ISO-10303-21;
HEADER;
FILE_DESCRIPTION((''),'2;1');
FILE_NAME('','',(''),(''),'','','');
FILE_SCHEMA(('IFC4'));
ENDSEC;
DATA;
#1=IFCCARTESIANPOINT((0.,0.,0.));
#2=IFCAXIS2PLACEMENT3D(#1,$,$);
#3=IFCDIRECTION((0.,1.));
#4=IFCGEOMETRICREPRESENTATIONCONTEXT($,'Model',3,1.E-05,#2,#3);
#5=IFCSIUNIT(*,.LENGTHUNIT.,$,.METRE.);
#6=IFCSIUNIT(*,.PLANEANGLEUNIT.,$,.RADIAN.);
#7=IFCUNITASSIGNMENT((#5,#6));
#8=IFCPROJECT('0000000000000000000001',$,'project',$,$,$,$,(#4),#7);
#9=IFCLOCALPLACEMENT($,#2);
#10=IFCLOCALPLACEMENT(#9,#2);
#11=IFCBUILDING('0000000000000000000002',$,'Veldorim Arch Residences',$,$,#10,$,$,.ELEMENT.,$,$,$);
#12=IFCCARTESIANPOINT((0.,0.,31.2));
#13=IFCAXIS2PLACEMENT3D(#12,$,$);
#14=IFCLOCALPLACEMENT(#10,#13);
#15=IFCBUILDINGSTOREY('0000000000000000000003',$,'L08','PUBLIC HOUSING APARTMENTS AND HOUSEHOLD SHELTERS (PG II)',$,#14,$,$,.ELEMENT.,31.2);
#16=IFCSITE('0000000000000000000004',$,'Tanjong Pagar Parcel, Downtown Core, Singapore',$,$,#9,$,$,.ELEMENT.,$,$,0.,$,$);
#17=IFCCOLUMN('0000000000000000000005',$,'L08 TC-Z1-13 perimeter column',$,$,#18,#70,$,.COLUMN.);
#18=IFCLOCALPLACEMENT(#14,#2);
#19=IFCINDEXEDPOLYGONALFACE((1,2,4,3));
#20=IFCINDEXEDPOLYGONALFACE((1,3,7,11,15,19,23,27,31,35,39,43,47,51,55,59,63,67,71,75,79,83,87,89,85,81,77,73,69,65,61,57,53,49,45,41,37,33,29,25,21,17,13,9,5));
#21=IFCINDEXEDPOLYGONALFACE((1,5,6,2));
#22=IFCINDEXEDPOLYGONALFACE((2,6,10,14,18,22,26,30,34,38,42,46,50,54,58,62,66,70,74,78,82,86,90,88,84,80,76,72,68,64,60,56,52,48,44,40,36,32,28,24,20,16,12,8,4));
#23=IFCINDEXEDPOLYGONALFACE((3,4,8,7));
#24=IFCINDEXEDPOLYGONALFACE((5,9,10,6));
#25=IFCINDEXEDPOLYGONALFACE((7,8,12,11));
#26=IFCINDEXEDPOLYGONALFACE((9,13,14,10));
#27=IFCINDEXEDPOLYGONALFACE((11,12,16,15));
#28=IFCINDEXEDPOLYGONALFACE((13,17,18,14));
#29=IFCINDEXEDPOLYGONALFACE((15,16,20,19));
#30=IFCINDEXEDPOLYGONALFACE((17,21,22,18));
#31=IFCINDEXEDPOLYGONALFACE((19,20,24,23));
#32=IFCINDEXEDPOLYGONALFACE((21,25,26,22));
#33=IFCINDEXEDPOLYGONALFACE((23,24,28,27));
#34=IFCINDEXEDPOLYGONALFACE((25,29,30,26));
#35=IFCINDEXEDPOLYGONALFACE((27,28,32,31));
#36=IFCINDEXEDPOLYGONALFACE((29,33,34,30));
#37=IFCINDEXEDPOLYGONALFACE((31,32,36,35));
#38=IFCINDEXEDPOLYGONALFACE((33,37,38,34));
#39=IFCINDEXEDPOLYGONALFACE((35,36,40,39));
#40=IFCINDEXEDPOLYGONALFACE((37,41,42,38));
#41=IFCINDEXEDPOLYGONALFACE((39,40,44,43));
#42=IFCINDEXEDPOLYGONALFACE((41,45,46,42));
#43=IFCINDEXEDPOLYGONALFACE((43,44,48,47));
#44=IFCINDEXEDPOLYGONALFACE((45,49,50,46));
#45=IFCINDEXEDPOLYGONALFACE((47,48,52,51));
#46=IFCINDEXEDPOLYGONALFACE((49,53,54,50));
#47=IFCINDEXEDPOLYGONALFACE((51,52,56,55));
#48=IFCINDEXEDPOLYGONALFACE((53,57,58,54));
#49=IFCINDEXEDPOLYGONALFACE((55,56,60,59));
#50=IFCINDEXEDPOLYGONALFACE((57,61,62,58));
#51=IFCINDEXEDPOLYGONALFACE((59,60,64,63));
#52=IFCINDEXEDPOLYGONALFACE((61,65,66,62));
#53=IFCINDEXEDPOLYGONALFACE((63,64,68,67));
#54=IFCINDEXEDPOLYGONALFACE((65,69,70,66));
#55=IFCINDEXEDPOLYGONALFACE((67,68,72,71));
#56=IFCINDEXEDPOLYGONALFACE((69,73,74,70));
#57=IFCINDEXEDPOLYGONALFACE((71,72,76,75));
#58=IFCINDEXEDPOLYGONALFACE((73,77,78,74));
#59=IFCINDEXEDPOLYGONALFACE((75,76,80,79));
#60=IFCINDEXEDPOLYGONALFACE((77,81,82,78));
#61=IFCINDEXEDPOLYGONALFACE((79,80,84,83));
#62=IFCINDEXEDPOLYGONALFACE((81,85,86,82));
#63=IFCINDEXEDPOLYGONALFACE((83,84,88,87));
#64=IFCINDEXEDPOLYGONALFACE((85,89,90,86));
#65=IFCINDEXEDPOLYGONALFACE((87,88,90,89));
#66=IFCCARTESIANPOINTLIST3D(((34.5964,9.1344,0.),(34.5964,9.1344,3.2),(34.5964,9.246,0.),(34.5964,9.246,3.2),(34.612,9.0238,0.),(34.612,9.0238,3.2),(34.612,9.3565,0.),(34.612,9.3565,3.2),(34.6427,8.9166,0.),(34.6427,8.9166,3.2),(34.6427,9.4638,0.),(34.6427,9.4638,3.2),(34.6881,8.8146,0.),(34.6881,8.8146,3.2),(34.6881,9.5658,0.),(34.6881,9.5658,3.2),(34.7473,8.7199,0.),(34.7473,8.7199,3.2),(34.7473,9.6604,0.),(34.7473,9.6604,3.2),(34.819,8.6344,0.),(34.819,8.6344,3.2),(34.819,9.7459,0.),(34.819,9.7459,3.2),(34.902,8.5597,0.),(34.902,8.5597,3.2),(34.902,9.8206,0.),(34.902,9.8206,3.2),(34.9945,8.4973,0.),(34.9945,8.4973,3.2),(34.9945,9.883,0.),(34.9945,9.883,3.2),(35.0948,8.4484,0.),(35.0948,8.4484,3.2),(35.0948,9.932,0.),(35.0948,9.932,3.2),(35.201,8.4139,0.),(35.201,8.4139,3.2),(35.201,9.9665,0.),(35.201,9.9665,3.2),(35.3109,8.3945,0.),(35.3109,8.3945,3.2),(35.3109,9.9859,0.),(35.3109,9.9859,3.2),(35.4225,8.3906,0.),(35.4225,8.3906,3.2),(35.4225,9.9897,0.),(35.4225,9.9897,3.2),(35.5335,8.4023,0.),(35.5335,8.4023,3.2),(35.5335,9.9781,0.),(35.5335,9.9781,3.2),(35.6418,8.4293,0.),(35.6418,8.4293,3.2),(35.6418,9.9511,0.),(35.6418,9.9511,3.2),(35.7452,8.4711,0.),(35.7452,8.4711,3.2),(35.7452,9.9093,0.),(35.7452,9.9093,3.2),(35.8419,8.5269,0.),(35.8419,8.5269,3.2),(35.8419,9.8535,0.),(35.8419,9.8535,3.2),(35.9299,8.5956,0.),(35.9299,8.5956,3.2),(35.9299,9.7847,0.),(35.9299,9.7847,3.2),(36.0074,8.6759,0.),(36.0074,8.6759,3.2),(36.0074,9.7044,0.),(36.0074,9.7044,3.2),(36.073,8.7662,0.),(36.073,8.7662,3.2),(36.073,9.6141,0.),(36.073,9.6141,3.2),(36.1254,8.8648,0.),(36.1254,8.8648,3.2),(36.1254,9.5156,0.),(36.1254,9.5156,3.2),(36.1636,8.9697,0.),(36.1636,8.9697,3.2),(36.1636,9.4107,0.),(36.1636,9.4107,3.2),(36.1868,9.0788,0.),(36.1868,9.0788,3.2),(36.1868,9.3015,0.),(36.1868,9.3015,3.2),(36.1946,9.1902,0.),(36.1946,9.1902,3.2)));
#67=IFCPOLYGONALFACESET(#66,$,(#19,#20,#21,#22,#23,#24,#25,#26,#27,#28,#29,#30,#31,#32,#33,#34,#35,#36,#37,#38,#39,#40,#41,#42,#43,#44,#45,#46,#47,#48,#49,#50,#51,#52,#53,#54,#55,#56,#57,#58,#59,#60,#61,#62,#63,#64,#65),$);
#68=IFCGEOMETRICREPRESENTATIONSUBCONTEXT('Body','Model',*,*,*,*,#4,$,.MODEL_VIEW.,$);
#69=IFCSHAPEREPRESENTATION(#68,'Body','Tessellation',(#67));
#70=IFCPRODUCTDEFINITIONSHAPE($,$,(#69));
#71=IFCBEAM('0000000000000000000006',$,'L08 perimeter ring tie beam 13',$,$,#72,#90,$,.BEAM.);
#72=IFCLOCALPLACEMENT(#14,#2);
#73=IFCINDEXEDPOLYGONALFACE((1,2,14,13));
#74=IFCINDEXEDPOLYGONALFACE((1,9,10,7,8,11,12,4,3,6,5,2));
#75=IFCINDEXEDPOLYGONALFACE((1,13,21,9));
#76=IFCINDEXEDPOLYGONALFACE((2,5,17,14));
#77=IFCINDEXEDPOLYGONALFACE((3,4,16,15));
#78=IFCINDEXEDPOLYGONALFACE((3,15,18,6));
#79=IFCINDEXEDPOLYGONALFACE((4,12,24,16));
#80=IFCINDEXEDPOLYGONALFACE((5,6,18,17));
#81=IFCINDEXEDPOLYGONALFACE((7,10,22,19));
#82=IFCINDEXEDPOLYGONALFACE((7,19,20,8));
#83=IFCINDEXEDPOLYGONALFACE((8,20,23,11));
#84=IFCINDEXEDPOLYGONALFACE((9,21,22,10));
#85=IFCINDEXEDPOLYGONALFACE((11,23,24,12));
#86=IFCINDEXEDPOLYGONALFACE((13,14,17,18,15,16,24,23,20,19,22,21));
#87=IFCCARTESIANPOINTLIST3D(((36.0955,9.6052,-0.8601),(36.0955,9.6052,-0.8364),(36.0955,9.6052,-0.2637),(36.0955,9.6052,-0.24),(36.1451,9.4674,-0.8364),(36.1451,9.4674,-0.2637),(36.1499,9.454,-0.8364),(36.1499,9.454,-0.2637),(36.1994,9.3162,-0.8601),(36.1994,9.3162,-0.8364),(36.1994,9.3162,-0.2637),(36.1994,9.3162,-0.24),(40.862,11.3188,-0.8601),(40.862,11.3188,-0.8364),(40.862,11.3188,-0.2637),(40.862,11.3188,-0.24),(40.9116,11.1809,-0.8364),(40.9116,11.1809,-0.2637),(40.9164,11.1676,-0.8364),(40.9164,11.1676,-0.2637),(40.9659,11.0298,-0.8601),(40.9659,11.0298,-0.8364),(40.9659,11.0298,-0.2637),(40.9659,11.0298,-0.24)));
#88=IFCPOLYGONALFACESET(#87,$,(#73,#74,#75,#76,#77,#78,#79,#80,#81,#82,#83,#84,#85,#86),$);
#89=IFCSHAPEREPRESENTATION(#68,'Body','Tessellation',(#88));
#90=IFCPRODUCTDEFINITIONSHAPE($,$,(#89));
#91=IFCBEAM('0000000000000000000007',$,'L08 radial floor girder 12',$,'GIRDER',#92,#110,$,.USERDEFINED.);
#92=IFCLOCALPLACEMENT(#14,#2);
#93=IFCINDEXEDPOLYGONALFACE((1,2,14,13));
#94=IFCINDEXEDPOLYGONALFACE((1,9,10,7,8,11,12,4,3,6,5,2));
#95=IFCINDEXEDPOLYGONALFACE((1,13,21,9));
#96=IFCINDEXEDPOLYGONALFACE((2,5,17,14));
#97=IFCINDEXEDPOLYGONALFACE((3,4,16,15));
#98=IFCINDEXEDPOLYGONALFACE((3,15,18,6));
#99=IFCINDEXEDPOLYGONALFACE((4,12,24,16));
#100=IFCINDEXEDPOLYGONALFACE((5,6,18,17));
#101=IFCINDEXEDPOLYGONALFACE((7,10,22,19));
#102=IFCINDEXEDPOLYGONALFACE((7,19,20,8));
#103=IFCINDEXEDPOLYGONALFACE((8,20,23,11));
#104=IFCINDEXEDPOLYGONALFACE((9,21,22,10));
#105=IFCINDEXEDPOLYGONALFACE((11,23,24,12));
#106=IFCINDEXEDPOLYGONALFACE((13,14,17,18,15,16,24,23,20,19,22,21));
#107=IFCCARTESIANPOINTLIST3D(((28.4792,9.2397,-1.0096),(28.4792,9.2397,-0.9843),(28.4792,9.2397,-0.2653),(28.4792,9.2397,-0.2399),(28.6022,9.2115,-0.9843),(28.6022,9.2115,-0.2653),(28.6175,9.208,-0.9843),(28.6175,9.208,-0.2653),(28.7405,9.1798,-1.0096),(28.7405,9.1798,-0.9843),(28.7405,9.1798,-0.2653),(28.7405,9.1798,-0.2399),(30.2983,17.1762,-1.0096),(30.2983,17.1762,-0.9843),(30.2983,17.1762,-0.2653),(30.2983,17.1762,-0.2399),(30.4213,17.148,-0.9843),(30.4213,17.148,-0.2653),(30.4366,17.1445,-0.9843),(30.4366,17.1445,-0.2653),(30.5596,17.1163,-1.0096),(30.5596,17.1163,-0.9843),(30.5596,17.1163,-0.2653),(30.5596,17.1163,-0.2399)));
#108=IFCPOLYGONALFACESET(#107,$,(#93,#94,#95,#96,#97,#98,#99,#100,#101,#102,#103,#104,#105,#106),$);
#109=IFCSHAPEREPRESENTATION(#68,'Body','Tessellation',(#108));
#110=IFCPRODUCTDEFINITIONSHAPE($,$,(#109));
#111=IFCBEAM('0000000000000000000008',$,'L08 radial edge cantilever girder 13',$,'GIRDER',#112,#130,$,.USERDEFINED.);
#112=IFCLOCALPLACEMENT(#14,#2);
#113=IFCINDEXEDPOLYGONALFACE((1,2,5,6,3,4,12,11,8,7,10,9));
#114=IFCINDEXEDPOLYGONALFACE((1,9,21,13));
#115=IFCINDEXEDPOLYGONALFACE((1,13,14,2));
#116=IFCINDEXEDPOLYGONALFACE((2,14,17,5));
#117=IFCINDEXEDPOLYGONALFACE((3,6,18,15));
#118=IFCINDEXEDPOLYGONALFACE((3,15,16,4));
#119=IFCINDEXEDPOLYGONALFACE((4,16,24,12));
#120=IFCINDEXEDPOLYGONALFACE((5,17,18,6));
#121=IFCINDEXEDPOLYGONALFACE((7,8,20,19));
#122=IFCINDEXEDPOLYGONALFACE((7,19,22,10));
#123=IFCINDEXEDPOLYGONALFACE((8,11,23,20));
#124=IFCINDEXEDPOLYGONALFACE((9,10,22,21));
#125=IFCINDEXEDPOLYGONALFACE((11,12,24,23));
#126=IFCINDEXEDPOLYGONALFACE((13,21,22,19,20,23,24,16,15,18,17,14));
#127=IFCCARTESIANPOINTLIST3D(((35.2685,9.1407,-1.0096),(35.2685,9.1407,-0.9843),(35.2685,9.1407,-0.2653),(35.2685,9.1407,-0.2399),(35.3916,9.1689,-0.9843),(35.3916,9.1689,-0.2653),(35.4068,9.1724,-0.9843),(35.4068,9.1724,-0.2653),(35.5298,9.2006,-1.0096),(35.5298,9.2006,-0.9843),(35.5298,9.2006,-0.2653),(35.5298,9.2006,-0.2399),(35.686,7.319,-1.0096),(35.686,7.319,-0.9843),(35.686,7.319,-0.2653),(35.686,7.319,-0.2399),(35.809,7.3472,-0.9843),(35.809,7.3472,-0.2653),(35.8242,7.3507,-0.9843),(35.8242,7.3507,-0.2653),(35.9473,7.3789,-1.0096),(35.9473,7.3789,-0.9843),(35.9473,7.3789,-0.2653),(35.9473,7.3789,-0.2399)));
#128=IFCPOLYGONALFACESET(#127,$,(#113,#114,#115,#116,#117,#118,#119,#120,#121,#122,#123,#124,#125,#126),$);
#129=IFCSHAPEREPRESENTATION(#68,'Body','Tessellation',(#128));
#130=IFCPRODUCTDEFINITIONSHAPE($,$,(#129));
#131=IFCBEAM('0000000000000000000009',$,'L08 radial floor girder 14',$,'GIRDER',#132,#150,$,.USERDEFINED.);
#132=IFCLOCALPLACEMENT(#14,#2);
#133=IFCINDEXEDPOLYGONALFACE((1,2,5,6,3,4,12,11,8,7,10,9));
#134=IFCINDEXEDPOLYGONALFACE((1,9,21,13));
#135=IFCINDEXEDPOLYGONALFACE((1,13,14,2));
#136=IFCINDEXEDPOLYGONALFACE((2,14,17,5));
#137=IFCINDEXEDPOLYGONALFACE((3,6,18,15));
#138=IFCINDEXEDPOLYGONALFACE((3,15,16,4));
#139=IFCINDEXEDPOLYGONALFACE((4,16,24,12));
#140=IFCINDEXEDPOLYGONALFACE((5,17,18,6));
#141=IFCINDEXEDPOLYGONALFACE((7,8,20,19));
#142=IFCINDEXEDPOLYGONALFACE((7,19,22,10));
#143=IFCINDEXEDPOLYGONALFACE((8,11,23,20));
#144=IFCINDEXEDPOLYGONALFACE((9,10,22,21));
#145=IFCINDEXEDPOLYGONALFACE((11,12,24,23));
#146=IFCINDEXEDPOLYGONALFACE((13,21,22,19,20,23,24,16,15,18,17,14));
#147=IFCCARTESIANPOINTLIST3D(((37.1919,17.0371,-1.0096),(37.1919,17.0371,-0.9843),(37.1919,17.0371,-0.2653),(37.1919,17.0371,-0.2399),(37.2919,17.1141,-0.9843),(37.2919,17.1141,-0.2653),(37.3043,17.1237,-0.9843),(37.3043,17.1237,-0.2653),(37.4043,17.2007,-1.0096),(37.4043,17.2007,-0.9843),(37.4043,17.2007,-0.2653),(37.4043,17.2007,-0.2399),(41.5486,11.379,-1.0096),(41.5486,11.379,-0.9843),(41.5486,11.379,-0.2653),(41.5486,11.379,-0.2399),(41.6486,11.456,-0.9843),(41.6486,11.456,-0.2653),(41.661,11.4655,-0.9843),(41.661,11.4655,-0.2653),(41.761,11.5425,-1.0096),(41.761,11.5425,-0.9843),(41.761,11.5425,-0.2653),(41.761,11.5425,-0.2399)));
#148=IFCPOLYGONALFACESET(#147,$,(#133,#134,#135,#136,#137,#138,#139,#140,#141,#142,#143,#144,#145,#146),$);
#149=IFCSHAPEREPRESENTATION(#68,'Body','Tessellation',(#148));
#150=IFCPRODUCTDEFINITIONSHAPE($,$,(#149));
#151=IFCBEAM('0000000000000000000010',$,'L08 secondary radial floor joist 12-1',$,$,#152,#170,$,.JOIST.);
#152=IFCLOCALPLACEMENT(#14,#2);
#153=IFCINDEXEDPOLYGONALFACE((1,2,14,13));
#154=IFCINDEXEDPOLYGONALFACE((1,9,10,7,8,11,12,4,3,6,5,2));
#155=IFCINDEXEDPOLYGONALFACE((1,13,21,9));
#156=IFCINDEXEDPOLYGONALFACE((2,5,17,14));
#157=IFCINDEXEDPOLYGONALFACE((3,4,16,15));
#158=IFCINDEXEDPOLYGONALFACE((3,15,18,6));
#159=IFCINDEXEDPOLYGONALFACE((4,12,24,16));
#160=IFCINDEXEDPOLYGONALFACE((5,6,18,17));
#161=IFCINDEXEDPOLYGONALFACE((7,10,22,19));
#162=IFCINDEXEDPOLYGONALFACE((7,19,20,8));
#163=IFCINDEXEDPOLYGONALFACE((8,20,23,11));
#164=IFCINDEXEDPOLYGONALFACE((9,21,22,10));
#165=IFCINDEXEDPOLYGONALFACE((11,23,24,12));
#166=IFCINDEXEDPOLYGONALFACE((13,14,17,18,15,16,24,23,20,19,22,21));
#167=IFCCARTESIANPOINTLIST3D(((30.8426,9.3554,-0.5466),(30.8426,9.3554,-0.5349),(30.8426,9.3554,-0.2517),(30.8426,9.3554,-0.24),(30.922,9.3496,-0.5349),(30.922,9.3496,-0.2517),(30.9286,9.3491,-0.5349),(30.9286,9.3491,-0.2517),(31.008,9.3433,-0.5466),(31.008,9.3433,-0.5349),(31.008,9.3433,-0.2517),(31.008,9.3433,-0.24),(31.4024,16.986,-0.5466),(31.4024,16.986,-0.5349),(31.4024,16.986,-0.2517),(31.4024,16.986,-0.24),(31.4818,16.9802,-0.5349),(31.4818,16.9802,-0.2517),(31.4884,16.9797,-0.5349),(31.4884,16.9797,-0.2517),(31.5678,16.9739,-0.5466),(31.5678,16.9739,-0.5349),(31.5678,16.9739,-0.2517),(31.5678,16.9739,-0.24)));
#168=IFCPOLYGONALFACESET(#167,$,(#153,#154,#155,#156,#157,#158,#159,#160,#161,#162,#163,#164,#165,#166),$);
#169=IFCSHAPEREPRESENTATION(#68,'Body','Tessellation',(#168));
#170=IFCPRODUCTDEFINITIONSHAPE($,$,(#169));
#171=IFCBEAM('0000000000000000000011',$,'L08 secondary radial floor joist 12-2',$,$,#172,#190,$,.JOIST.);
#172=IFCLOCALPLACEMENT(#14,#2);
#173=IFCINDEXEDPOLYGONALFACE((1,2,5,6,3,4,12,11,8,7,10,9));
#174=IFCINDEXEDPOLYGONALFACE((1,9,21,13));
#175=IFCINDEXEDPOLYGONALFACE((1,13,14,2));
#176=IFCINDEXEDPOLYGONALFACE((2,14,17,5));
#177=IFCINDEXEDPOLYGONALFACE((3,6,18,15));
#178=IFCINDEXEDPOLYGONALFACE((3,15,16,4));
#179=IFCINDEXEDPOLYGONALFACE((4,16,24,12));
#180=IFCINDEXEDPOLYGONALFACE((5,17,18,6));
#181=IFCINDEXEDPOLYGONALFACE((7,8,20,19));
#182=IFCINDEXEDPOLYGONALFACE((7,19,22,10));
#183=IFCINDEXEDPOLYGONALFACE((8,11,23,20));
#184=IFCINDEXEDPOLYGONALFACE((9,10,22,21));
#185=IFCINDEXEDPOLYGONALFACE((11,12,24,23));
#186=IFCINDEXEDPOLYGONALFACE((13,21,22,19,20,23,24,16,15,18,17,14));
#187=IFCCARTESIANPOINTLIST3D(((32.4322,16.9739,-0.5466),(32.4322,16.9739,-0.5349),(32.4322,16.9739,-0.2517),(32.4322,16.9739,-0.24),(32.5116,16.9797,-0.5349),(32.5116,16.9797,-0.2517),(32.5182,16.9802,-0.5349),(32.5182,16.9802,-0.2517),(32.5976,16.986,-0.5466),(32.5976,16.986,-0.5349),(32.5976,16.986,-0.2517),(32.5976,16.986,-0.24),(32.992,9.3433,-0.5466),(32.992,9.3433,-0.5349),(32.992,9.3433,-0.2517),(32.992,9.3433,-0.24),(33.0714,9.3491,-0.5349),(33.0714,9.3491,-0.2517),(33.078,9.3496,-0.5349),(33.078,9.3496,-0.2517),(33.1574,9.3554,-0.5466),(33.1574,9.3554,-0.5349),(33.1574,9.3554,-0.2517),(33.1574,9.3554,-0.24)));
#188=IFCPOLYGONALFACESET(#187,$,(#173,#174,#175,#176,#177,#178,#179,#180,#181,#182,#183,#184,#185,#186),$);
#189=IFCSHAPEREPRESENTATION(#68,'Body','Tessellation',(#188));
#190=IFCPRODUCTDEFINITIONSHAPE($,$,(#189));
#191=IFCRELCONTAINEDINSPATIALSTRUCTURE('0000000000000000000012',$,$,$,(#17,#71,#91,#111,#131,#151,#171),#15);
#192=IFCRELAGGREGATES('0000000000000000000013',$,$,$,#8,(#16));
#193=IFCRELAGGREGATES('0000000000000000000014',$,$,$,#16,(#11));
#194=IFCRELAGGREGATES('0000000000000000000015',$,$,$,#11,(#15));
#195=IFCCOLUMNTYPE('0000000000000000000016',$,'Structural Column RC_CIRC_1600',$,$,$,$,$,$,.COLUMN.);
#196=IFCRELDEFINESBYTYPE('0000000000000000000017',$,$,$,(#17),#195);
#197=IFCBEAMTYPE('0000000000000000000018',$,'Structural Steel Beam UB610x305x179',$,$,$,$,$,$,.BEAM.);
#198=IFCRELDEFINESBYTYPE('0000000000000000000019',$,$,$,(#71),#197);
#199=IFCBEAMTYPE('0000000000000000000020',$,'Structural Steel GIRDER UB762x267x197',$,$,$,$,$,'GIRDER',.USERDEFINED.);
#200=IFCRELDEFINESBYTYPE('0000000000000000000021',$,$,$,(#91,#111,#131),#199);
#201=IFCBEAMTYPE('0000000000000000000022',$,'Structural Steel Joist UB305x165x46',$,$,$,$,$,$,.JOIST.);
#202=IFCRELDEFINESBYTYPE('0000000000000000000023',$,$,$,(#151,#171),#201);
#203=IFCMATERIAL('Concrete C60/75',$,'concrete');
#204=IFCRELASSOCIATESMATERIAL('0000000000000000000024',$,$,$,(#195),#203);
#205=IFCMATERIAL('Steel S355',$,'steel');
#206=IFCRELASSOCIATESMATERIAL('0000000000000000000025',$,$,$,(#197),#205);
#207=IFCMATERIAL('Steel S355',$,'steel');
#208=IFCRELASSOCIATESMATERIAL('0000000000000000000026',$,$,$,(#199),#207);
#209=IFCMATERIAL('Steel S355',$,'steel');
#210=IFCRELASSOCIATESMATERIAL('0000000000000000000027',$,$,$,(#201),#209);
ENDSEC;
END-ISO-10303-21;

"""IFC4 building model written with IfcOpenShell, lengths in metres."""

from ifc_helpers import new_model, si_unit, direction, frame, origin, origin_2d, place, context, subcontext, project, spatial, circle, i_section, extrude, material, material_profile, profile_set, type_object, element, save


model = new_model("IFC4")

# Units and contexts
model_context = context("Model", 3, precision=1e-05, world=origin(), true_north=direction((0.0, 1.0)))
body_context = subcontext(model_context, "Body", "Model", "MODEL_VIEW")
ifc_project = project(units=[si_unit("LENGTHUNIT", "METRE"), si_unit("PLANEANGLEUNIT", "RADIAN")], contexts=[model_context])

# Site, building, storey
site_placement = place(None, origin())
site = spatial("IfcSite", under=ifc_project, at=site_placement, Name="Tanjong Pagar Parcel, Downtown Core, Singapore", CompositionType="ELEMENT", RefElevation=0.0)
building_placement = place(site_placement, origin())
building = spatial("IfcBuilding", under=site, at=building_placement, Name="Veldorim Arch Residences", CompositionType="ELEMENT")
storey_placement = place(building_placement, frame((0.0, 0.0, 31.2)))
storey = spatial("IfcBuildingStorey", under=building, at=storey_placement, Name="L08", Description="PUBLIC HOUSING APARTMENTS AND HOUSEHOLD SHELTERS (PG II)", CompositionType="ELEMENT", Elevation=31.2)

# Column
ifc_material_1 = material(Name="Concrete C60/75", Category="concrete")
ifc_material_profile_1 = material_profile(ifc_material_1, circle(Radius=0.8, at=origin_2d()), Name="RC_CIRC_1600")
ifc_profile_set_1 = profile_set([ifc_material_profile_1], Name="Concrete C60/75")
column_type = type_object("IfcColumnType", Name="Structural Column RC_CIRC_1600", PredefinedType="COLUMN", material=ifc_profile_set_1)
column_placement = place(storey_placement, frame((35.3945, 9.1902, 0.0), z_axis=(0.0, 0.0, 1.0), x_axis=(1.0, 0.0, 0.0)))
element("IfcColumn", 1, at=column_placement, inside=storey, type_object=column_type, Name="L08 TC-Z1-13 perimeter column", PredefinedType="COLUMN", context=body_context, shape_type="SweptSolid", body=[
    extrude(circle(Radius=0.8, at=origin_2d()), origin(), (0.0, 0.0, 1.0), 3.2),
])

# Beams
ifc_material_2 = material(Name="Steel S355", Category="steel")
ifc_material_profile_2 = material_profile(ifc_material_2, i_section(OverallWidth=0.3071, OverallDepth=0.6201, WebThickness=0.0142, FlangeThickness=0.0237, at=origin_2d()), Name="UB610x305x179")
ifc_profile_set_2 = profile_set([ifc_material_profile_2], Name="Steel S355")
beam_type_1 = type_object("IfcBeamType", Name="Structural Steel Beam UB610x305x179", PredefinedType="BEAM", material=ifc_profile_set_2)
beam_1_placement = place(storey_placement, frame((36.1475, 9.4607, -0.55), z_axis=(0.941035, 0.338308, 0.0), x_axis=(-0.338308, 0.941035, 0.0)))
element("IfcBeam", 2, at=beam_1_placement, inside=storey, type_object=beam_type_1, Name="L08 perimeter ring tie beam 13", PredefinedType="BEAM", context=body_context, shape_type="SweptSolid", body=[
    extrude(i_section(OverallWidth=0.3071, OverallDepth=0.6201, WebThickness=0.0142, FlangeThickness=0.0237, at=origin_2d()), origin(), (0.0, 0.0, 1.0), 5.0652),
])
ifc_material_3 = material(Name="Steel S355", Category="steel")
ifc_material_profile_3 = material_profile(ifc_material_3, i_section(OverallWidth=0.2681, OverallDepth=0.7698, WebThickness=0.0156, FlangeThickness=0.0254, at=origin_2d()), Name="UB762x267x197")
ifc_profile_set_3 = profile_set([ifc_material_profile_3], Name="Steel S355")
beam_type_2 = type_object("IfcBeamType", Name="Structural Steel GIRDER UB762x267x197", ElementType="GIRDER", PredefinedType="USERDEFINED", material=ifc_profile_set_3)
beam_2_placement = place(storey_placement, frame((30.429, 17.1462, -0.6248), z_axis=(-0.223412, -0.974724, 0.0), x_axis=(0.974724, -0.223412, 0.0)))
element("IfcBeam", 3, at=beam_2_placement, inside=storey, type_object=beam_type_2, Name="L08 radial floor girder 12", ObjectType="GIRDER", PredefinedType="USERDEFINED", context=body_context, shape_type="SweptSolid", body=[
    extrude(i_section(OverallWidth=0.2681, OverallDepth=0.7698, WebThickness=0.0156, FlangeThickness=0.0254, at=origin_2d()), origin(), (0.0, 0.0, 1.0), 8.1423),
])
beam_3_placement = place(storey_placement, frame((35.3992, 9.1707, -0.6248), z_axis=(0.223371, -0.974734, 0.0), x_axis=(0.974734, 0.223371, 0.0)))
element("IfcBeam", 4, at=beam_3_placement, inside=storey, type_object=beam_type_2, Name="L08 radial edge cantilever girder 13", ObjectType="GIRDER", PredefinedType="USERDEFINED", context=body_context, shape_type="SweptSolid", body=[
    extrude(i_section(OverallWidth=0.2681, OverallDepth=0.7698, WebThickness=0.0156, FlangeThickness=0.0254, at=origin_2d()), origin(), (0.0, 0.0, 1.0), 1.8689),
])
beam_4_placement = place(storey_placement, frame((37.2981, 17.1189, -0.6248), z_axis=(0.610082, -0.792338, 0.0), x_axis=(0.792338, 0.610082, 0.0)))
element("IfcBeam", 5, at=beam_4_placement, inside=storey, type_object=beam_type_2, Name="L08 radial floor girder 14", ObjectType="GIRDER", PredefinedType="USERDEFINED", context=body_context, shape_type="SweptSolid", body=[
    extrude(i_section(OverallWidth=0.2681, OverallDepth=0.7698, WebThickness=0.0156, FlangeThickness=0.0254, at=origin_2d()), origin(), (0.0, 0.0, 1.0), 7.1411),
])
ifc_material_4 = material(Name="Steel S355", Category="steel")
ifc_material_profile_4 = material_profile(ifc_material_4, i_section(OverallWidth=0.1658, OverallDepth=0.3066, WebThickness=0.0066, FlangeThickness=0.0117, at=origin_2d()), Name="UB305x165x46")
ifc_profile_set_4 = profile_set([ifc_material_profile_4], Name="Steel S355")
beam_type_3 = type_object("IfcBeamType", Name="Structural Steel Joist UB305x165x46", PredefinedType="JOIST", material=ifc_profile_set_4)
for number, where, z_axis, x_axis, name in (
    (6, (31.4851, 16.98, -0.3933), (-0.073168, -0.99732, 0.0), (0.99732, -0.073168, 0.0), "L08 secondary radial floor joist 12-1"),
    (7, (32.5149, 16.98, -0.3933), (0.073168, -0.99732, 0.0), (0.99732, 0.073168, 0.0), "L08 secondary radial floor joist 12-2"),
):
    element("IfcBeam", number, at=place(storey_placement, frame(where, z_axis=z_axis, x_axis=x_axis)), inside=storey, type_object=beam_type_3, Name=name, PredefinedType="JOIST", context=body_context, shape_type="SweptSolid", body=[
        extrude(i_section(OverallWidth=0.1658, OverallDepth=0.3066, WebThickness=0.0066, FlangeThickness=0.0117, at=origin_2d()), origin(), (0.0, 0.0, 1.0), 7.6511),
    ])

save(model, "model.ifc")
